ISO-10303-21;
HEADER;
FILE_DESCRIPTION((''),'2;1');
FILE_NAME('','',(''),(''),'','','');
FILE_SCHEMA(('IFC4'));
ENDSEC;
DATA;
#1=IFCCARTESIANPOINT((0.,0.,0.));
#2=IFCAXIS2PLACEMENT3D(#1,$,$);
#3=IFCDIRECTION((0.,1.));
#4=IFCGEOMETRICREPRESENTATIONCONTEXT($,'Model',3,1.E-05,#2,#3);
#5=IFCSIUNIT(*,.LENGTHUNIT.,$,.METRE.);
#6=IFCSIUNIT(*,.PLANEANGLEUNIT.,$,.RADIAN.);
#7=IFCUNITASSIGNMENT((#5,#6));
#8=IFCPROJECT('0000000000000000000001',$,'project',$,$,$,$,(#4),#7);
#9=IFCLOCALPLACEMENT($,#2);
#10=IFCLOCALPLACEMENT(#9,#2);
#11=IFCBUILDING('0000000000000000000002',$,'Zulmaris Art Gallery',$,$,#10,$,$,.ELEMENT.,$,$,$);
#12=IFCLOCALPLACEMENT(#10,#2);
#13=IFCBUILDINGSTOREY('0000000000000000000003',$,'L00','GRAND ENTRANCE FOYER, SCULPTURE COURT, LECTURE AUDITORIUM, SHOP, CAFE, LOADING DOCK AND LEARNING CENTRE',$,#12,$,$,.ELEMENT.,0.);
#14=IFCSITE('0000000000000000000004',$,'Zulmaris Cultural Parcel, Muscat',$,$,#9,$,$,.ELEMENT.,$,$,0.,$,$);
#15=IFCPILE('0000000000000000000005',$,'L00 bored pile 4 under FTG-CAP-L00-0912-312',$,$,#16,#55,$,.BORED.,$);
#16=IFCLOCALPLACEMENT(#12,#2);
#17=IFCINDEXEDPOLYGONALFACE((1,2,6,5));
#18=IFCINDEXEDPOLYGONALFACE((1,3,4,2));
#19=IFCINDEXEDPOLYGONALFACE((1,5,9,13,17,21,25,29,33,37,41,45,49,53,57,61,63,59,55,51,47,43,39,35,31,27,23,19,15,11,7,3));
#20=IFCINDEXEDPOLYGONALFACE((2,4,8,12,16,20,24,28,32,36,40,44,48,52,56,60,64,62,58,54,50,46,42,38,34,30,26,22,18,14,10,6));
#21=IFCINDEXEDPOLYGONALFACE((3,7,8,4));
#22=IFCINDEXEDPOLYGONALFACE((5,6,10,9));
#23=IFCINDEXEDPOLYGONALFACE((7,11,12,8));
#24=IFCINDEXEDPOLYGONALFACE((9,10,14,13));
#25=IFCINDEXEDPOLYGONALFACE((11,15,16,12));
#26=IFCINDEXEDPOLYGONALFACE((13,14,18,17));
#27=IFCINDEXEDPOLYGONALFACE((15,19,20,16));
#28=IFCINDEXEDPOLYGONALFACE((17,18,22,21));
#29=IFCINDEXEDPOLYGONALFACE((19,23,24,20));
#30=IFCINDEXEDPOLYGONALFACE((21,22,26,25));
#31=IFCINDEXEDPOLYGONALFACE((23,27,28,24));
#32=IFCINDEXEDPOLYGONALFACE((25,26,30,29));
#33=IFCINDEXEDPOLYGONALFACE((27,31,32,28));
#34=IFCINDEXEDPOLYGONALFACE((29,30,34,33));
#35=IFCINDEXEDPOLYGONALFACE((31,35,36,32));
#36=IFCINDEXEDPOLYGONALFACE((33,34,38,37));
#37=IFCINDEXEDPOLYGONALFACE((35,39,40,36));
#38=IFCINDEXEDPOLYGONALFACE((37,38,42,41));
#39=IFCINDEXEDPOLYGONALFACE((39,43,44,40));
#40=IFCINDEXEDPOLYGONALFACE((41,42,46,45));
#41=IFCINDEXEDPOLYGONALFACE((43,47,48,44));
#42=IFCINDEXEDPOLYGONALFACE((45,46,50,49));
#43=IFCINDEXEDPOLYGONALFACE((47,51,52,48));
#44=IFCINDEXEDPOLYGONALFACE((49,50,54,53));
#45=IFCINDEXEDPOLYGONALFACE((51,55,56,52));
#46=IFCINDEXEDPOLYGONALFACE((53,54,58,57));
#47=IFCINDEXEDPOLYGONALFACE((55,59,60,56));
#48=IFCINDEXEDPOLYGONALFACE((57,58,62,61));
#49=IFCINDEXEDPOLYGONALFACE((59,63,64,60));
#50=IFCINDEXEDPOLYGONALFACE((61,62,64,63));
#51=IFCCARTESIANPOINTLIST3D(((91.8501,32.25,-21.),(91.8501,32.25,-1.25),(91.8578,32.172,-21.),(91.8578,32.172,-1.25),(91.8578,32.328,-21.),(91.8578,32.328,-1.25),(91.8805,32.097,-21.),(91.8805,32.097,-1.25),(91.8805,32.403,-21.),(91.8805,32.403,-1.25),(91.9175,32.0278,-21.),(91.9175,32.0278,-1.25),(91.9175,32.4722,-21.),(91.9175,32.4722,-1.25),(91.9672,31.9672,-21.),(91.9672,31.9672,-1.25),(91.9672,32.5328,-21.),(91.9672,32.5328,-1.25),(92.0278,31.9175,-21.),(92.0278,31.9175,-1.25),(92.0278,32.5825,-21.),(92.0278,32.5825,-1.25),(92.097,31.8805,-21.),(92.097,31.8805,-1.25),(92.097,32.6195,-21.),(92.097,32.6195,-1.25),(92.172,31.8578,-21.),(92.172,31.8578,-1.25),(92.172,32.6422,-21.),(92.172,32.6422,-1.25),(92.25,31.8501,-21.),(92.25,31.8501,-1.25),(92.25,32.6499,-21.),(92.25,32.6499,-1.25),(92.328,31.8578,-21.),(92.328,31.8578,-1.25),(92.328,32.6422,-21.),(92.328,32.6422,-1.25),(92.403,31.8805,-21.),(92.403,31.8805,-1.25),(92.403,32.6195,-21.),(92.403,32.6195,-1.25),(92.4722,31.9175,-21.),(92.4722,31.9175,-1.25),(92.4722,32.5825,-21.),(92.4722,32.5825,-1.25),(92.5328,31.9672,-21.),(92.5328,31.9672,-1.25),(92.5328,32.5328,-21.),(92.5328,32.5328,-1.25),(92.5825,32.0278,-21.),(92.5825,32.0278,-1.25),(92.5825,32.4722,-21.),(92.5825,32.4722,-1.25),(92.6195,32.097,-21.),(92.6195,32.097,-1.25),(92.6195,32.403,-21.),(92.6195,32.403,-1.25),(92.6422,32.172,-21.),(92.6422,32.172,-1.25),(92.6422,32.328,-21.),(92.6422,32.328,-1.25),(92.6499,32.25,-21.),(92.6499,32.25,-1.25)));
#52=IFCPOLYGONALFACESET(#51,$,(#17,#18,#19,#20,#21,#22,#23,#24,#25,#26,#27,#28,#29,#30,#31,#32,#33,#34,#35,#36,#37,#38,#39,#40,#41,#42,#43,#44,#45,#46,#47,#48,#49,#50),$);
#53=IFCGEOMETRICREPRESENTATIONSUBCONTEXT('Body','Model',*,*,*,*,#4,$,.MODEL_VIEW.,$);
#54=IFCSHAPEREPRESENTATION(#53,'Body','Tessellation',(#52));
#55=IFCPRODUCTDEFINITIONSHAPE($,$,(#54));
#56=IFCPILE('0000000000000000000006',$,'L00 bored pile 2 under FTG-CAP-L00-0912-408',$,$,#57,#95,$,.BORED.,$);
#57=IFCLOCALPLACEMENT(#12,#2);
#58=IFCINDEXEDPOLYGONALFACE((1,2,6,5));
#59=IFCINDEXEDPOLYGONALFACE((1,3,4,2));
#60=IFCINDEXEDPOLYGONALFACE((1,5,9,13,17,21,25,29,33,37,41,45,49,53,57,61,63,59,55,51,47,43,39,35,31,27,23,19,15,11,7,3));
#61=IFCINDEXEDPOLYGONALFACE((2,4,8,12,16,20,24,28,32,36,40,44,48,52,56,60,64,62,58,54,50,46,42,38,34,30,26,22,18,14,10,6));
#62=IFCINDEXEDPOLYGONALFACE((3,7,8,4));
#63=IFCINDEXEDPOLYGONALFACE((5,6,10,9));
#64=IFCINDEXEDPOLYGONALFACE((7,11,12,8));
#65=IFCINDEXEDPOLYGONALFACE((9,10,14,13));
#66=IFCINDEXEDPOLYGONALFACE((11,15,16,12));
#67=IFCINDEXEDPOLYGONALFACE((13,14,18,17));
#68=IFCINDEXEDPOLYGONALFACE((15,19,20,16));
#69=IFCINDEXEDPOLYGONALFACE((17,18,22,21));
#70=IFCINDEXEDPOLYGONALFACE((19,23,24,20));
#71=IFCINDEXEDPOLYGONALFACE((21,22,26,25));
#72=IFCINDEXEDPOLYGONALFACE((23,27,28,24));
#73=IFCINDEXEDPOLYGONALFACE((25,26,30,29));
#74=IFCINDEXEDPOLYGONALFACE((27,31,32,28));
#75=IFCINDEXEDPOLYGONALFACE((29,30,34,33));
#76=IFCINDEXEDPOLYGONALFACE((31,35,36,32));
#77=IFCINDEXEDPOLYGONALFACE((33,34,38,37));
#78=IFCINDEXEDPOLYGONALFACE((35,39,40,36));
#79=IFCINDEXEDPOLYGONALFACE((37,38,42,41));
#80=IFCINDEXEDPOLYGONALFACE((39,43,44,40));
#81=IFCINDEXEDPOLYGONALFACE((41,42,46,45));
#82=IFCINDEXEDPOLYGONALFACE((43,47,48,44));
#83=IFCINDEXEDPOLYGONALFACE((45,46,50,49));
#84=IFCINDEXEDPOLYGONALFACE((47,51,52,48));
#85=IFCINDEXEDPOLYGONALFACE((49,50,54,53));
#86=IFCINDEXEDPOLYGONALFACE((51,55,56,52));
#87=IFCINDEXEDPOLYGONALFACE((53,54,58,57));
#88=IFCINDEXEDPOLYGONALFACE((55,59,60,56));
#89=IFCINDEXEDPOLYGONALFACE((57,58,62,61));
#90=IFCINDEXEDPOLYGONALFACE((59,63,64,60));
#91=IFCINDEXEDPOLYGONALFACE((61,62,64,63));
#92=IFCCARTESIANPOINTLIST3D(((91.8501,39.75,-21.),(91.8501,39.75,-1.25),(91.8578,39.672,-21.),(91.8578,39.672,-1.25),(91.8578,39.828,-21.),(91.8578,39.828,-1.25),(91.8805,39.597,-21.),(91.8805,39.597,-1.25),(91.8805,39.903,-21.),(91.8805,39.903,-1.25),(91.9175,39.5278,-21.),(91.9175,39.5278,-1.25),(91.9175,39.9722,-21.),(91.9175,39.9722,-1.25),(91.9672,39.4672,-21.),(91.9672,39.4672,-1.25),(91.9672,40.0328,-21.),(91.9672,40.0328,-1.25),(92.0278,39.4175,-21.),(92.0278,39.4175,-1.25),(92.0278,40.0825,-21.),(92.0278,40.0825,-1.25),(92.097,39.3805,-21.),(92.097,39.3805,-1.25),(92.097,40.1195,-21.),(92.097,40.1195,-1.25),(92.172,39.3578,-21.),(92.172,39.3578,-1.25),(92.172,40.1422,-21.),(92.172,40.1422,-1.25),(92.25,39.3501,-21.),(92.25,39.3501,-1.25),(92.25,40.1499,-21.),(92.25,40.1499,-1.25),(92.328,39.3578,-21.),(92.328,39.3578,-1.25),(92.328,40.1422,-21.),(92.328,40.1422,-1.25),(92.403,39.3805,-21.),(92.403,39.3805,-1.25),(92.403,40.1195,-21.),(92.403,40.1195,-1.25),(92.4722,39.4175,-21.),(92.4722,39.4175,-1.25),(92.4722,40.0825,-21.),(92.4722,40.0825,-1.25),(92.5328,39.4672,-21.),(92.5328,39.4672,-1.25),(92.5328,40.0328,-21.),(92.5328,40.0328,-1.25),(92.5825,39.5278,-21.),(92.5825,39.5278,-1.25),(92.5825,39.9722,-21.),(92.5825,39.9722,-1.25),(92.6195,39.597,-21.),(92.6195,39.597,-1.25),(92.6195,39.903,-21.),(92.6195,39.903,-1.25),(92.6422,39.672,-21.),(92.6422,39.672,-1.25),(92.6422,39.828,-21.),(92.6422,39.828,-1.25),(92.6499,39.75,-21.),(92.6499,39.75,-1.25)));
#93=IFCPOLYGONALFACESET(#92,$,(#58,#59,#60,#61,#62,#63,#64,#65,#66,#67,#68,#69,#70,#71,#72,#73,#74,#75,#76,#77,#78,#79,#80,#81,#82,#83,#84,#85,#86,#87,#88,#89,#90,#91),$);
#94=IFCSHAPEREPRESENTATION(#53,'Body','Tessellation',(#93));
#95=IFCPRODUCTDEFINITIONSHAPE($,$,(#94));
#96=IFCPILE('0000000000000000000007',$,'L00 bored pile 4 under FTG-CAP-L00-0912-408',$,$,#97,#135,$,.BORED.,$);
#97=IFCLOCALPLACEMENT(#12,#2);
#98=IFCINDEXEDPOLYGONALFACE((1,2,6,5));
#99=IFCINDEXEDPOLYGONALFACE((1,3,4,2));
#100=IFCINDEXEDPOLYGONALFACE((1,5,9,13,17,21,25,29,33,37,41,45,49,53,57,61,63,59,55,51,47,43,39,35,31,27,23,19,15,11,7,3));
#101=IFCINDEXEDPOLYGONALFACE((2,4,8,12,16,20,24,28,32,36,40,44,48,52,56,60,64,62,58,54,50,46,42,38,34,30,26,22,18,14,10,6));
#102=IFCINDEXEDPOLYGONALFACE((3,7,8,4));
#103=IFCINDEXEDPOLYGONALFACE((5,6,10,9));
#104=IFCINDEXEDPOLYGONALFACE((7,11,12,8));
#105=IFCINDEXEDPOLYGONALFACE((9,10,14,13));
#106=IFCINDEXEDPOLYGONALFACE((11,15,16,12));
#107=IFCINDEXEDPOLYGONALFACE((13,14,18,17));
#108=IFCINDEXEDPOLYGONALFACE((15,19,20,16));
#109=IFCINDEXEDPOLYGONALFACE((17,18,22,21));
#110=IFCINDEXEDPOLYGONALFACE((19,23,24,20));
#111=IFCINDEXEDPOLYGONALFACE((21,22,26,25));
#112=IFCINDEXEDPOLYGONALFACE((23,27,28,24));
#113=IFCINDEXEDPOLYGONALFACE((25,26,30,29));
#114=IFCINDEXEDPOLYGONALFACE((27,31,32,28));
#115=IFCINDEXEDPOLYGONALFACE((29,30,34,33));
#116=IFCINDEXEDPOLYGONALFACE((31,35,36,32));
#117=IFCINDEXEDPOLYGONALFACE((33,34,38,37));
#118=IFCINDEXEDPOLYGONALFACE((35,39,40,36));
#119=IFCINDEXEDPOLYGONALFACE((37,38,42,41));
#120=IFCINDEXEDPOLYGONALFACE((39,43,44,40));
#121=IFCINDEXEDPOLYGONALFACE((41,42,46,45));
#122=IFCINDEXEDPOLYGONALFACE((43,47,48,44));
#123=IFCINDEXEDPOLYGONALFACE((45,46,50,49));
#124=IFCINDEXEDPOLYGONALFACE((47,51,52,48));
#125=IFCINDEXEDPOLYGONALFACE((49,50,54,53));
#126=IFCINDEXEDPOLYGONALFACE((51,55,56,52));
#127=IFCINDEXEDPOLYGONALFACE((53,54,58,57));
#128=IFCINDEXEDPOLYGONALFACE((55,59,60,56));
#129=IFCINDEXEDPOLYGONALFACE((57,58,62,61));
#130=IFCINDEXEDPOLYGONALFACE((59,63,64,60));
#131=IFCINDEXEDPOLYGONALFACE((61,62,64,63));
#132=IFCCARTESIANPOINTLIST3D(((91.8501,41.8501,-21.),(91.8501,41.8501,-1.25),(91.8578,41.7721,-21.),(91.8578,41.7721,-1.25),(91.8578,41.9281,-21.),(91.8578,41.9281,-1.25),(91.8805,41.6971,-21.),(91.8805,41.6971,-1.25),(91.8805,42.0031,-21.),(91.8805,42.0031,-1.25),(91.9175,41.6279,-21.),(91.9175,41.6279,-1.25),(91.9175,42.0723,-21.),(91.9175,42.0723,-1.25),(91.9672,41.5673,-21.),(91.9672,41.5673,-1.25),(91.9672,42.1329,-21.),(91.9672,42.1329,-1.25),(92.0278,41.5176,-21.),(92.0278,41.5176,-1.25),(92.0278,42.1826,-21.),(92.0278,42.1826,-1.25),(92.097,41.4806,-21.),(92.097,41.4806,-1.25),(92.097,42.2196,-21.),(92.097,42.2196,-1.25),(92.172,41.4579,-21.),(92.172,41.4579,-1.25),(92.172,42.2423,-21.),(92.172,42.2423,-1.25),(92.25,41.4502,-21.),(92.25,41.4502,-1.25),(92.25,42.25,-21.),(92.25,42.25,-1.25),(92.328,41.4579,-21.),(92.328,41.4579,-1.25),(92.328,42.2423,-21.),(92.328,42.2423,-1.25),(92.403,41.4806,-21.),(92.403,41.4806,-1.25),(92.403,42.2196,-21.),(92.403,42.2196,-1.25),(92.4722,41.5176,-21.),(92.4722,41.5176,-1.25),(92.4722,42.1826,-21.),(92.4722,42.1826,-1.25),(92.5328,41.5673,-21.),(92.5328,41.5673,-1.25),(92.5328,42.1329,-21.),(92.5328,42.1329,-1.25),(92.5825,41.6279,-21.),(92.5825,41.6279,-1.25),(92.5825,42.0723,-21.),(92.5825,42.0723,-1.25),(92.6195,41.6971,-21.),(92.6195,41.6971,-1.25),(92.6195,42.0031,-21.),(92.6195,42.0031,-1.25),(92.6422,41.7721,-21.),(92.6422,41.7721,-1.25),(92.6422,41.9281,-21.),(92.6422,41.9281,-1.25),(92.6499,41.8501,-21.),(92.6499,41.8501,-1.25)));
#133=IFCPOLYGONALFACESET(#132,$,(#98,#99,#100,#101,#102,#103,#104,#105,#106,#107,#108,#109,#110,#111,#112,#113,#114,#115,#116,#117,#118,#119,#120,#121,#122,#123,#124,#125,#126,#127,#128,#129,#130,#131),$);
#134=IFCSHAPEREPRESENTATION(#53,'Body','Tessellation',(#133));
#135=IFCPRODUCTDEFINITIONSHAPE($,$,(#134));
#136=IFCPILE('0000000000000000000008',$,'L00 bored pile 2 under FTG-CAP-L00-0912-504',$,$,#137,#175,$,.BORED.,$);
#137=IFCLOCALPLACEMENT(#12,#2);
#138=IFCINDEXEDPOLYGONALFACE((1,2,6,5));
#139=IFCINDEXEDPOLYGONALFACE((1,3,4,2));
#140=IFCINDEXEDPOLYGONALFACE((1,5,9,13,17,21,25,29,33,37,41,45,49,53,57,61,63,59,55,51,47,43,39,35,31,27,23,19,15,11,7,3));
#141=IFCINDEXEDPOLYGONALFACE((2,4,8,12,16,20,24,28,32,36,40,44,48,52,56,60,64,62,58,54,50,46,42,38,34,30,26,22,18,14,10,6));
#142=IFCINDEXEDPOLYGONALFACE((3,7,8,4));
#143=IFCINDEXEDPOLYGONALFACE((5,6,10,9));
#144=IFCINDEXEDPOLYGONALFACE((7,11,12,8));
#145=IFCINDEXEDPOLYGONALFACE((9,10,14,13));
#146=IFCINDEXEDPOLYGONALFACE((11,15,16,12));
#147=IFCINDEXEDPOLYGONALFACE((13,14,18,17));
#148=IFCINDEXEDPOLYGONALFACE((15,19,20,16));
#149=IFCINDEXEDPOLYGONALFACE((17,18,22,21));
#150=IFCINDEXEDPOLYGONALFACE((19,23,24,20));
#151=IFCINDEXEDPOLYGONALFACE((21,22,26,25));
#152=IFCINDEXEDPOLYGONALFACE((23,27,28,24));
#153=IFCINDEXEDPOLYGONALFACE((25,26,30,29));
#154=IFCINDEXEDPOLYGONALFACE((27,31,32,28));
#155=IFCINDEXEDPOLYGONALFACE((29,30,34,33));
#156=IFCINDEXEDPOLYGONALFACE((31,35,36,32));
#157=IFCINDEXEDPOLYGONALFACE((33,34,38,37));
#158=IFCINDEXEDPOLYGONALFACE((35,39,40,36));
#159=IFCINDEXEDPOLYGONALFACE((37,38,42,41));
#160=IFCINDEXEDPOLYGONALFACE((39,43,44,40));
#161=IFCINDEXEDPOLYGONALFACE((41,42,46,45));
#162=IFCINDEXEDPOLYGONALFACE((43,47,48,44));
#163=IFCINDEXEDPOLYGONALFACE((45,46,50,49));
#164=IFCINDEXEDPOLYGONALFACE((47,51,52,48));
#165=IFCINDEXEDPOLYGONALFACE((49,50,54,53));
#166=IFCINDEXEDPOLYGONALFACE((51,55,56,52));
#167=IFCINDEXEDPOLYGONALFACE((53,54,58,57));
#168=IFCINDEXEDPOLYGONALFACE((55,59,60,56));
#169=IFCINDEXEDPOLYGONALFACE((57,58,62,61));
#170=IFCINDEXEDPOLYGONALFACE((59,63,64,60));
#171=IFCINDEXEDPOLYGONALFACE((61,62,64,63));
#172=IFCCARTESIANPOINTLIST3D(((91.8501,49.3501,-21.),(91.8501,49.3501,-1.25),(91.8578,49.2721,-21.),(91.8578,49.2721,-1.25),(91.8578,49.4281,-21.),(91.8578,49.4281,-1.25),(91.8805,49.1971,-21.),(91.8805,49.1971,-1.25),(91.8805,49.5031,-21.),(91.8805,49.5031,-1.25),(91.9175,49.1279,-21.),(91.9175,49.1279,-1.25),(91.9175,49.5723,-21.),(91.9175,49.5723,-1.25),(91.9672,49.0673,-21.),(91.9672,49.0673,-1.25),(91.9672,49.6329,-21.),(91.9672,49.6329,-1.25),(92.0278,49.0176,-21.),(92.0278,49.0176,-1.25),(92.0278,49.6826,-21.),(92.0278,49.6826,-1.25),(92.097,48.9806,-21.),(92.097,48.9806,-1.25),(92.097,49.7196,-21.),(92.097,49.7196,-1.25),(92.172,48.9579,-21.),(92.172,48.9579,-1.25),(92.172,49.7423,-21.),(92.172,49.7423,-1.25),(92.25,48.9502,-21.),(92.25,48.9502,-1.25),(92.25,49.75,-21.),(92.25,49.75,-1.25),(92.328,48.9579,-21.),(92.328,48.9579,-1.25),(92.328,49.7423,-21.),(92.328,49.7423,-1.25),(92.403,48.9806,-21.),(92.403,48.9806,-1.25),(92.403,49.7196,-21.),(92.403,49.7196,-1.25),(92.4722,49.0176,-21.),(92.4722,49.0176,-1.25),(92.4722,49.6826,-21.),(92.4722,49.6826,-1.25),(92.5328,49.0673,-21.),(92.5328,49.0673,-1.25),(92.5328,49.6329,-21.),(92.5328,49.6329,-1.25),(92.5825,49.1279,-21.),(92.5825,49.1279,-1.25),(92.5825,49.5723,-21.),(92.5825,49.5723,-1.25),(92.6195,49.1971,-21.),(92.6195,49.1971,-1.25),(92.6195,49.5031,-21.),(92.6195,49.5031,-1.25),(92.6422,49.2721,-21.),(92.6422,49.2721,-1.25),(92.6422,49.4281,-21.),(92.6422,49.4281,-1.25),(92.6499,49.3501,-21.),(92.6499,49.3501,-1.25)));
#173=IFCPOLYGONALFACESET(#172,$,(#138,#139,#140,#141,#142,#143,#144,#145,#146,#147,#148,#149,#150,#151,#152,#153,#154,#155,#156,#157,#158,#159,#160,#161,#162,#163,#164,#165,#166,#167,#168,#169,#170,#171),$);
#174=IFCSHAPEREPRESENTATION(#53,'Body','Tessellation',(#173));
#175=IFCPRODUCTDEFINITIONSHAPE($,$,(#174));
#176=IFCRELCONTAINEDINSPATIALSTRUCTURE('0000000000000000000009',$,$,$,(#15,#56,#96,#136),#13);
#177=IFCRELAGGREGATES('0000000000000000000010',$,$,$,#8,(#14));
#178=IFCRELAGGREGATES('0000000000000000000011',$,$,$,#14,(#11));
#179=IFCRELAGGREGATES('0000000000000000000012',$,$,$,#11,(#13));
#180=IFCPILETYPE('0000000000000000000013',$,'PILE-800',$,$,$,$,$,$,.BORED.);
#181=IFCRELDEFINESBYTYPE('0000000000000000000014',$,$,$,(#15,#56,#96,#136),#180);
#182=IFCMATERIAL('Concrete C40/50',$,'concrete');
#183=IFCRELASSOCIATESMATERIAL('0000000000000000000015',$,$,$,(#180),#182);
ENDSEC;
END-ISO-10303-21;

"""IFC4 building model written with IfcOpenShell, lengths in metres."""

from ifc_helpers import new_model, si_unit, direction, frame, origin, origin_2d, place, context, subcontext, project, spatial, circle, extrude, material, material_profile, profile_set, type_object, element, save


model = new_model("IFC4")

# Units and contexts
model_context = context("Model", 3, precision=1e-05, world=origin(), true_north=direction((0.0, 1.0)))
body_context = subcontext(model_context, "Body", "Model", "MODEL_VIEW")
ifc_project = project(units=[si_unit("LENGTHUNIT", "METRE"), si_unit("PLANEANGLEUNIT", "RADIAN")], contexts=[model_context])

# Site, building, storey
site_placement = place(None, origin())
site = spatial("IfcSite", under=ifc_project, at=site_placement, Name="Zulmaris Cultural Parcel, Muscat", CompositionType="ELEMENT", RefElevation=0.0)
building_placement = place(site_placement, origin())
building = spatial("IfcBuilding", under=site, at=building_placement, Name="Zulmaris Art Gallery", CompositionType="ELEMENT")
storey_placement = place(building_placement, origin())
storey = spatial("IfcBuildingStorey", under=building, at=storey_placement, Name="L00", Description="GRAND ENTRANCE FOYER, SCULPTURE COURT, LECTURE AUDITORIUM, SHOP, CAFE, LOADING DOCK AND LEARNING CENTRE", CompositionType="ELEMENT", Elevation=0.0)

# Piles
ifc_material_1 = material(Name="Concrete C40/50", Category="concrete")
ifc_material_profile_1 = material_profile(ifc_material_1, circle(Radius=0.3999, at=origin_2d()), Name="PILE DIA 800")
ifc_profile_set_1 = profile_set([ifc_material_profile_1], Name="Concrete C40/50")
pile_type = type_object("IfcPileType", Name="PILE-800", PredefinedType="BORED", material=ifc_profile_set_1)
for number, where, z_axis, x_axis, name in (
    (1, (92.25, 32.25, -1.25), (0.0, 0.0, -1.0), (1.0, 0.0, 0.0), "L00 bored pile 4 under FTG-CAP-L00-0912-312"),
    (2, (92.25, 39.75, -1.25), (0.0, 0.0, -1.0), (1.0, 0.0, 0.0), "L00 bored pile 2 under FTG-CAP-L00-0912-408"),
    (3, (92.25, 41.8501, -1.25), (0.0, 0.0, -1.0), (1.0, 0.0, 0.0), "L00 bored pile 4 under FTG-CAP-L00-0912-408"),
    (4, (92.25, 49.3501, -1.25), (0.0, 0.0, -1.0), (1.0, 0.0, 0.0), "L00 bored pile 2 under FTG-CAP-L00-0912-504"),
):
    element("IfcPile", number, at=place(storey_placement, frame(where, z_axis=z_axis, x_axis=x_axis)), inside=storey, type_object=pile_type, Name=name, PredefinedType="BORED", context=body_context, shape_type="SweptSolid", body=[
        extrude(circle(Radius=0.3999, at=origin_2d()), origin(), (0.0, 0.0, 1.0), 19.75),
    ])

save(model, "model.ifc")
